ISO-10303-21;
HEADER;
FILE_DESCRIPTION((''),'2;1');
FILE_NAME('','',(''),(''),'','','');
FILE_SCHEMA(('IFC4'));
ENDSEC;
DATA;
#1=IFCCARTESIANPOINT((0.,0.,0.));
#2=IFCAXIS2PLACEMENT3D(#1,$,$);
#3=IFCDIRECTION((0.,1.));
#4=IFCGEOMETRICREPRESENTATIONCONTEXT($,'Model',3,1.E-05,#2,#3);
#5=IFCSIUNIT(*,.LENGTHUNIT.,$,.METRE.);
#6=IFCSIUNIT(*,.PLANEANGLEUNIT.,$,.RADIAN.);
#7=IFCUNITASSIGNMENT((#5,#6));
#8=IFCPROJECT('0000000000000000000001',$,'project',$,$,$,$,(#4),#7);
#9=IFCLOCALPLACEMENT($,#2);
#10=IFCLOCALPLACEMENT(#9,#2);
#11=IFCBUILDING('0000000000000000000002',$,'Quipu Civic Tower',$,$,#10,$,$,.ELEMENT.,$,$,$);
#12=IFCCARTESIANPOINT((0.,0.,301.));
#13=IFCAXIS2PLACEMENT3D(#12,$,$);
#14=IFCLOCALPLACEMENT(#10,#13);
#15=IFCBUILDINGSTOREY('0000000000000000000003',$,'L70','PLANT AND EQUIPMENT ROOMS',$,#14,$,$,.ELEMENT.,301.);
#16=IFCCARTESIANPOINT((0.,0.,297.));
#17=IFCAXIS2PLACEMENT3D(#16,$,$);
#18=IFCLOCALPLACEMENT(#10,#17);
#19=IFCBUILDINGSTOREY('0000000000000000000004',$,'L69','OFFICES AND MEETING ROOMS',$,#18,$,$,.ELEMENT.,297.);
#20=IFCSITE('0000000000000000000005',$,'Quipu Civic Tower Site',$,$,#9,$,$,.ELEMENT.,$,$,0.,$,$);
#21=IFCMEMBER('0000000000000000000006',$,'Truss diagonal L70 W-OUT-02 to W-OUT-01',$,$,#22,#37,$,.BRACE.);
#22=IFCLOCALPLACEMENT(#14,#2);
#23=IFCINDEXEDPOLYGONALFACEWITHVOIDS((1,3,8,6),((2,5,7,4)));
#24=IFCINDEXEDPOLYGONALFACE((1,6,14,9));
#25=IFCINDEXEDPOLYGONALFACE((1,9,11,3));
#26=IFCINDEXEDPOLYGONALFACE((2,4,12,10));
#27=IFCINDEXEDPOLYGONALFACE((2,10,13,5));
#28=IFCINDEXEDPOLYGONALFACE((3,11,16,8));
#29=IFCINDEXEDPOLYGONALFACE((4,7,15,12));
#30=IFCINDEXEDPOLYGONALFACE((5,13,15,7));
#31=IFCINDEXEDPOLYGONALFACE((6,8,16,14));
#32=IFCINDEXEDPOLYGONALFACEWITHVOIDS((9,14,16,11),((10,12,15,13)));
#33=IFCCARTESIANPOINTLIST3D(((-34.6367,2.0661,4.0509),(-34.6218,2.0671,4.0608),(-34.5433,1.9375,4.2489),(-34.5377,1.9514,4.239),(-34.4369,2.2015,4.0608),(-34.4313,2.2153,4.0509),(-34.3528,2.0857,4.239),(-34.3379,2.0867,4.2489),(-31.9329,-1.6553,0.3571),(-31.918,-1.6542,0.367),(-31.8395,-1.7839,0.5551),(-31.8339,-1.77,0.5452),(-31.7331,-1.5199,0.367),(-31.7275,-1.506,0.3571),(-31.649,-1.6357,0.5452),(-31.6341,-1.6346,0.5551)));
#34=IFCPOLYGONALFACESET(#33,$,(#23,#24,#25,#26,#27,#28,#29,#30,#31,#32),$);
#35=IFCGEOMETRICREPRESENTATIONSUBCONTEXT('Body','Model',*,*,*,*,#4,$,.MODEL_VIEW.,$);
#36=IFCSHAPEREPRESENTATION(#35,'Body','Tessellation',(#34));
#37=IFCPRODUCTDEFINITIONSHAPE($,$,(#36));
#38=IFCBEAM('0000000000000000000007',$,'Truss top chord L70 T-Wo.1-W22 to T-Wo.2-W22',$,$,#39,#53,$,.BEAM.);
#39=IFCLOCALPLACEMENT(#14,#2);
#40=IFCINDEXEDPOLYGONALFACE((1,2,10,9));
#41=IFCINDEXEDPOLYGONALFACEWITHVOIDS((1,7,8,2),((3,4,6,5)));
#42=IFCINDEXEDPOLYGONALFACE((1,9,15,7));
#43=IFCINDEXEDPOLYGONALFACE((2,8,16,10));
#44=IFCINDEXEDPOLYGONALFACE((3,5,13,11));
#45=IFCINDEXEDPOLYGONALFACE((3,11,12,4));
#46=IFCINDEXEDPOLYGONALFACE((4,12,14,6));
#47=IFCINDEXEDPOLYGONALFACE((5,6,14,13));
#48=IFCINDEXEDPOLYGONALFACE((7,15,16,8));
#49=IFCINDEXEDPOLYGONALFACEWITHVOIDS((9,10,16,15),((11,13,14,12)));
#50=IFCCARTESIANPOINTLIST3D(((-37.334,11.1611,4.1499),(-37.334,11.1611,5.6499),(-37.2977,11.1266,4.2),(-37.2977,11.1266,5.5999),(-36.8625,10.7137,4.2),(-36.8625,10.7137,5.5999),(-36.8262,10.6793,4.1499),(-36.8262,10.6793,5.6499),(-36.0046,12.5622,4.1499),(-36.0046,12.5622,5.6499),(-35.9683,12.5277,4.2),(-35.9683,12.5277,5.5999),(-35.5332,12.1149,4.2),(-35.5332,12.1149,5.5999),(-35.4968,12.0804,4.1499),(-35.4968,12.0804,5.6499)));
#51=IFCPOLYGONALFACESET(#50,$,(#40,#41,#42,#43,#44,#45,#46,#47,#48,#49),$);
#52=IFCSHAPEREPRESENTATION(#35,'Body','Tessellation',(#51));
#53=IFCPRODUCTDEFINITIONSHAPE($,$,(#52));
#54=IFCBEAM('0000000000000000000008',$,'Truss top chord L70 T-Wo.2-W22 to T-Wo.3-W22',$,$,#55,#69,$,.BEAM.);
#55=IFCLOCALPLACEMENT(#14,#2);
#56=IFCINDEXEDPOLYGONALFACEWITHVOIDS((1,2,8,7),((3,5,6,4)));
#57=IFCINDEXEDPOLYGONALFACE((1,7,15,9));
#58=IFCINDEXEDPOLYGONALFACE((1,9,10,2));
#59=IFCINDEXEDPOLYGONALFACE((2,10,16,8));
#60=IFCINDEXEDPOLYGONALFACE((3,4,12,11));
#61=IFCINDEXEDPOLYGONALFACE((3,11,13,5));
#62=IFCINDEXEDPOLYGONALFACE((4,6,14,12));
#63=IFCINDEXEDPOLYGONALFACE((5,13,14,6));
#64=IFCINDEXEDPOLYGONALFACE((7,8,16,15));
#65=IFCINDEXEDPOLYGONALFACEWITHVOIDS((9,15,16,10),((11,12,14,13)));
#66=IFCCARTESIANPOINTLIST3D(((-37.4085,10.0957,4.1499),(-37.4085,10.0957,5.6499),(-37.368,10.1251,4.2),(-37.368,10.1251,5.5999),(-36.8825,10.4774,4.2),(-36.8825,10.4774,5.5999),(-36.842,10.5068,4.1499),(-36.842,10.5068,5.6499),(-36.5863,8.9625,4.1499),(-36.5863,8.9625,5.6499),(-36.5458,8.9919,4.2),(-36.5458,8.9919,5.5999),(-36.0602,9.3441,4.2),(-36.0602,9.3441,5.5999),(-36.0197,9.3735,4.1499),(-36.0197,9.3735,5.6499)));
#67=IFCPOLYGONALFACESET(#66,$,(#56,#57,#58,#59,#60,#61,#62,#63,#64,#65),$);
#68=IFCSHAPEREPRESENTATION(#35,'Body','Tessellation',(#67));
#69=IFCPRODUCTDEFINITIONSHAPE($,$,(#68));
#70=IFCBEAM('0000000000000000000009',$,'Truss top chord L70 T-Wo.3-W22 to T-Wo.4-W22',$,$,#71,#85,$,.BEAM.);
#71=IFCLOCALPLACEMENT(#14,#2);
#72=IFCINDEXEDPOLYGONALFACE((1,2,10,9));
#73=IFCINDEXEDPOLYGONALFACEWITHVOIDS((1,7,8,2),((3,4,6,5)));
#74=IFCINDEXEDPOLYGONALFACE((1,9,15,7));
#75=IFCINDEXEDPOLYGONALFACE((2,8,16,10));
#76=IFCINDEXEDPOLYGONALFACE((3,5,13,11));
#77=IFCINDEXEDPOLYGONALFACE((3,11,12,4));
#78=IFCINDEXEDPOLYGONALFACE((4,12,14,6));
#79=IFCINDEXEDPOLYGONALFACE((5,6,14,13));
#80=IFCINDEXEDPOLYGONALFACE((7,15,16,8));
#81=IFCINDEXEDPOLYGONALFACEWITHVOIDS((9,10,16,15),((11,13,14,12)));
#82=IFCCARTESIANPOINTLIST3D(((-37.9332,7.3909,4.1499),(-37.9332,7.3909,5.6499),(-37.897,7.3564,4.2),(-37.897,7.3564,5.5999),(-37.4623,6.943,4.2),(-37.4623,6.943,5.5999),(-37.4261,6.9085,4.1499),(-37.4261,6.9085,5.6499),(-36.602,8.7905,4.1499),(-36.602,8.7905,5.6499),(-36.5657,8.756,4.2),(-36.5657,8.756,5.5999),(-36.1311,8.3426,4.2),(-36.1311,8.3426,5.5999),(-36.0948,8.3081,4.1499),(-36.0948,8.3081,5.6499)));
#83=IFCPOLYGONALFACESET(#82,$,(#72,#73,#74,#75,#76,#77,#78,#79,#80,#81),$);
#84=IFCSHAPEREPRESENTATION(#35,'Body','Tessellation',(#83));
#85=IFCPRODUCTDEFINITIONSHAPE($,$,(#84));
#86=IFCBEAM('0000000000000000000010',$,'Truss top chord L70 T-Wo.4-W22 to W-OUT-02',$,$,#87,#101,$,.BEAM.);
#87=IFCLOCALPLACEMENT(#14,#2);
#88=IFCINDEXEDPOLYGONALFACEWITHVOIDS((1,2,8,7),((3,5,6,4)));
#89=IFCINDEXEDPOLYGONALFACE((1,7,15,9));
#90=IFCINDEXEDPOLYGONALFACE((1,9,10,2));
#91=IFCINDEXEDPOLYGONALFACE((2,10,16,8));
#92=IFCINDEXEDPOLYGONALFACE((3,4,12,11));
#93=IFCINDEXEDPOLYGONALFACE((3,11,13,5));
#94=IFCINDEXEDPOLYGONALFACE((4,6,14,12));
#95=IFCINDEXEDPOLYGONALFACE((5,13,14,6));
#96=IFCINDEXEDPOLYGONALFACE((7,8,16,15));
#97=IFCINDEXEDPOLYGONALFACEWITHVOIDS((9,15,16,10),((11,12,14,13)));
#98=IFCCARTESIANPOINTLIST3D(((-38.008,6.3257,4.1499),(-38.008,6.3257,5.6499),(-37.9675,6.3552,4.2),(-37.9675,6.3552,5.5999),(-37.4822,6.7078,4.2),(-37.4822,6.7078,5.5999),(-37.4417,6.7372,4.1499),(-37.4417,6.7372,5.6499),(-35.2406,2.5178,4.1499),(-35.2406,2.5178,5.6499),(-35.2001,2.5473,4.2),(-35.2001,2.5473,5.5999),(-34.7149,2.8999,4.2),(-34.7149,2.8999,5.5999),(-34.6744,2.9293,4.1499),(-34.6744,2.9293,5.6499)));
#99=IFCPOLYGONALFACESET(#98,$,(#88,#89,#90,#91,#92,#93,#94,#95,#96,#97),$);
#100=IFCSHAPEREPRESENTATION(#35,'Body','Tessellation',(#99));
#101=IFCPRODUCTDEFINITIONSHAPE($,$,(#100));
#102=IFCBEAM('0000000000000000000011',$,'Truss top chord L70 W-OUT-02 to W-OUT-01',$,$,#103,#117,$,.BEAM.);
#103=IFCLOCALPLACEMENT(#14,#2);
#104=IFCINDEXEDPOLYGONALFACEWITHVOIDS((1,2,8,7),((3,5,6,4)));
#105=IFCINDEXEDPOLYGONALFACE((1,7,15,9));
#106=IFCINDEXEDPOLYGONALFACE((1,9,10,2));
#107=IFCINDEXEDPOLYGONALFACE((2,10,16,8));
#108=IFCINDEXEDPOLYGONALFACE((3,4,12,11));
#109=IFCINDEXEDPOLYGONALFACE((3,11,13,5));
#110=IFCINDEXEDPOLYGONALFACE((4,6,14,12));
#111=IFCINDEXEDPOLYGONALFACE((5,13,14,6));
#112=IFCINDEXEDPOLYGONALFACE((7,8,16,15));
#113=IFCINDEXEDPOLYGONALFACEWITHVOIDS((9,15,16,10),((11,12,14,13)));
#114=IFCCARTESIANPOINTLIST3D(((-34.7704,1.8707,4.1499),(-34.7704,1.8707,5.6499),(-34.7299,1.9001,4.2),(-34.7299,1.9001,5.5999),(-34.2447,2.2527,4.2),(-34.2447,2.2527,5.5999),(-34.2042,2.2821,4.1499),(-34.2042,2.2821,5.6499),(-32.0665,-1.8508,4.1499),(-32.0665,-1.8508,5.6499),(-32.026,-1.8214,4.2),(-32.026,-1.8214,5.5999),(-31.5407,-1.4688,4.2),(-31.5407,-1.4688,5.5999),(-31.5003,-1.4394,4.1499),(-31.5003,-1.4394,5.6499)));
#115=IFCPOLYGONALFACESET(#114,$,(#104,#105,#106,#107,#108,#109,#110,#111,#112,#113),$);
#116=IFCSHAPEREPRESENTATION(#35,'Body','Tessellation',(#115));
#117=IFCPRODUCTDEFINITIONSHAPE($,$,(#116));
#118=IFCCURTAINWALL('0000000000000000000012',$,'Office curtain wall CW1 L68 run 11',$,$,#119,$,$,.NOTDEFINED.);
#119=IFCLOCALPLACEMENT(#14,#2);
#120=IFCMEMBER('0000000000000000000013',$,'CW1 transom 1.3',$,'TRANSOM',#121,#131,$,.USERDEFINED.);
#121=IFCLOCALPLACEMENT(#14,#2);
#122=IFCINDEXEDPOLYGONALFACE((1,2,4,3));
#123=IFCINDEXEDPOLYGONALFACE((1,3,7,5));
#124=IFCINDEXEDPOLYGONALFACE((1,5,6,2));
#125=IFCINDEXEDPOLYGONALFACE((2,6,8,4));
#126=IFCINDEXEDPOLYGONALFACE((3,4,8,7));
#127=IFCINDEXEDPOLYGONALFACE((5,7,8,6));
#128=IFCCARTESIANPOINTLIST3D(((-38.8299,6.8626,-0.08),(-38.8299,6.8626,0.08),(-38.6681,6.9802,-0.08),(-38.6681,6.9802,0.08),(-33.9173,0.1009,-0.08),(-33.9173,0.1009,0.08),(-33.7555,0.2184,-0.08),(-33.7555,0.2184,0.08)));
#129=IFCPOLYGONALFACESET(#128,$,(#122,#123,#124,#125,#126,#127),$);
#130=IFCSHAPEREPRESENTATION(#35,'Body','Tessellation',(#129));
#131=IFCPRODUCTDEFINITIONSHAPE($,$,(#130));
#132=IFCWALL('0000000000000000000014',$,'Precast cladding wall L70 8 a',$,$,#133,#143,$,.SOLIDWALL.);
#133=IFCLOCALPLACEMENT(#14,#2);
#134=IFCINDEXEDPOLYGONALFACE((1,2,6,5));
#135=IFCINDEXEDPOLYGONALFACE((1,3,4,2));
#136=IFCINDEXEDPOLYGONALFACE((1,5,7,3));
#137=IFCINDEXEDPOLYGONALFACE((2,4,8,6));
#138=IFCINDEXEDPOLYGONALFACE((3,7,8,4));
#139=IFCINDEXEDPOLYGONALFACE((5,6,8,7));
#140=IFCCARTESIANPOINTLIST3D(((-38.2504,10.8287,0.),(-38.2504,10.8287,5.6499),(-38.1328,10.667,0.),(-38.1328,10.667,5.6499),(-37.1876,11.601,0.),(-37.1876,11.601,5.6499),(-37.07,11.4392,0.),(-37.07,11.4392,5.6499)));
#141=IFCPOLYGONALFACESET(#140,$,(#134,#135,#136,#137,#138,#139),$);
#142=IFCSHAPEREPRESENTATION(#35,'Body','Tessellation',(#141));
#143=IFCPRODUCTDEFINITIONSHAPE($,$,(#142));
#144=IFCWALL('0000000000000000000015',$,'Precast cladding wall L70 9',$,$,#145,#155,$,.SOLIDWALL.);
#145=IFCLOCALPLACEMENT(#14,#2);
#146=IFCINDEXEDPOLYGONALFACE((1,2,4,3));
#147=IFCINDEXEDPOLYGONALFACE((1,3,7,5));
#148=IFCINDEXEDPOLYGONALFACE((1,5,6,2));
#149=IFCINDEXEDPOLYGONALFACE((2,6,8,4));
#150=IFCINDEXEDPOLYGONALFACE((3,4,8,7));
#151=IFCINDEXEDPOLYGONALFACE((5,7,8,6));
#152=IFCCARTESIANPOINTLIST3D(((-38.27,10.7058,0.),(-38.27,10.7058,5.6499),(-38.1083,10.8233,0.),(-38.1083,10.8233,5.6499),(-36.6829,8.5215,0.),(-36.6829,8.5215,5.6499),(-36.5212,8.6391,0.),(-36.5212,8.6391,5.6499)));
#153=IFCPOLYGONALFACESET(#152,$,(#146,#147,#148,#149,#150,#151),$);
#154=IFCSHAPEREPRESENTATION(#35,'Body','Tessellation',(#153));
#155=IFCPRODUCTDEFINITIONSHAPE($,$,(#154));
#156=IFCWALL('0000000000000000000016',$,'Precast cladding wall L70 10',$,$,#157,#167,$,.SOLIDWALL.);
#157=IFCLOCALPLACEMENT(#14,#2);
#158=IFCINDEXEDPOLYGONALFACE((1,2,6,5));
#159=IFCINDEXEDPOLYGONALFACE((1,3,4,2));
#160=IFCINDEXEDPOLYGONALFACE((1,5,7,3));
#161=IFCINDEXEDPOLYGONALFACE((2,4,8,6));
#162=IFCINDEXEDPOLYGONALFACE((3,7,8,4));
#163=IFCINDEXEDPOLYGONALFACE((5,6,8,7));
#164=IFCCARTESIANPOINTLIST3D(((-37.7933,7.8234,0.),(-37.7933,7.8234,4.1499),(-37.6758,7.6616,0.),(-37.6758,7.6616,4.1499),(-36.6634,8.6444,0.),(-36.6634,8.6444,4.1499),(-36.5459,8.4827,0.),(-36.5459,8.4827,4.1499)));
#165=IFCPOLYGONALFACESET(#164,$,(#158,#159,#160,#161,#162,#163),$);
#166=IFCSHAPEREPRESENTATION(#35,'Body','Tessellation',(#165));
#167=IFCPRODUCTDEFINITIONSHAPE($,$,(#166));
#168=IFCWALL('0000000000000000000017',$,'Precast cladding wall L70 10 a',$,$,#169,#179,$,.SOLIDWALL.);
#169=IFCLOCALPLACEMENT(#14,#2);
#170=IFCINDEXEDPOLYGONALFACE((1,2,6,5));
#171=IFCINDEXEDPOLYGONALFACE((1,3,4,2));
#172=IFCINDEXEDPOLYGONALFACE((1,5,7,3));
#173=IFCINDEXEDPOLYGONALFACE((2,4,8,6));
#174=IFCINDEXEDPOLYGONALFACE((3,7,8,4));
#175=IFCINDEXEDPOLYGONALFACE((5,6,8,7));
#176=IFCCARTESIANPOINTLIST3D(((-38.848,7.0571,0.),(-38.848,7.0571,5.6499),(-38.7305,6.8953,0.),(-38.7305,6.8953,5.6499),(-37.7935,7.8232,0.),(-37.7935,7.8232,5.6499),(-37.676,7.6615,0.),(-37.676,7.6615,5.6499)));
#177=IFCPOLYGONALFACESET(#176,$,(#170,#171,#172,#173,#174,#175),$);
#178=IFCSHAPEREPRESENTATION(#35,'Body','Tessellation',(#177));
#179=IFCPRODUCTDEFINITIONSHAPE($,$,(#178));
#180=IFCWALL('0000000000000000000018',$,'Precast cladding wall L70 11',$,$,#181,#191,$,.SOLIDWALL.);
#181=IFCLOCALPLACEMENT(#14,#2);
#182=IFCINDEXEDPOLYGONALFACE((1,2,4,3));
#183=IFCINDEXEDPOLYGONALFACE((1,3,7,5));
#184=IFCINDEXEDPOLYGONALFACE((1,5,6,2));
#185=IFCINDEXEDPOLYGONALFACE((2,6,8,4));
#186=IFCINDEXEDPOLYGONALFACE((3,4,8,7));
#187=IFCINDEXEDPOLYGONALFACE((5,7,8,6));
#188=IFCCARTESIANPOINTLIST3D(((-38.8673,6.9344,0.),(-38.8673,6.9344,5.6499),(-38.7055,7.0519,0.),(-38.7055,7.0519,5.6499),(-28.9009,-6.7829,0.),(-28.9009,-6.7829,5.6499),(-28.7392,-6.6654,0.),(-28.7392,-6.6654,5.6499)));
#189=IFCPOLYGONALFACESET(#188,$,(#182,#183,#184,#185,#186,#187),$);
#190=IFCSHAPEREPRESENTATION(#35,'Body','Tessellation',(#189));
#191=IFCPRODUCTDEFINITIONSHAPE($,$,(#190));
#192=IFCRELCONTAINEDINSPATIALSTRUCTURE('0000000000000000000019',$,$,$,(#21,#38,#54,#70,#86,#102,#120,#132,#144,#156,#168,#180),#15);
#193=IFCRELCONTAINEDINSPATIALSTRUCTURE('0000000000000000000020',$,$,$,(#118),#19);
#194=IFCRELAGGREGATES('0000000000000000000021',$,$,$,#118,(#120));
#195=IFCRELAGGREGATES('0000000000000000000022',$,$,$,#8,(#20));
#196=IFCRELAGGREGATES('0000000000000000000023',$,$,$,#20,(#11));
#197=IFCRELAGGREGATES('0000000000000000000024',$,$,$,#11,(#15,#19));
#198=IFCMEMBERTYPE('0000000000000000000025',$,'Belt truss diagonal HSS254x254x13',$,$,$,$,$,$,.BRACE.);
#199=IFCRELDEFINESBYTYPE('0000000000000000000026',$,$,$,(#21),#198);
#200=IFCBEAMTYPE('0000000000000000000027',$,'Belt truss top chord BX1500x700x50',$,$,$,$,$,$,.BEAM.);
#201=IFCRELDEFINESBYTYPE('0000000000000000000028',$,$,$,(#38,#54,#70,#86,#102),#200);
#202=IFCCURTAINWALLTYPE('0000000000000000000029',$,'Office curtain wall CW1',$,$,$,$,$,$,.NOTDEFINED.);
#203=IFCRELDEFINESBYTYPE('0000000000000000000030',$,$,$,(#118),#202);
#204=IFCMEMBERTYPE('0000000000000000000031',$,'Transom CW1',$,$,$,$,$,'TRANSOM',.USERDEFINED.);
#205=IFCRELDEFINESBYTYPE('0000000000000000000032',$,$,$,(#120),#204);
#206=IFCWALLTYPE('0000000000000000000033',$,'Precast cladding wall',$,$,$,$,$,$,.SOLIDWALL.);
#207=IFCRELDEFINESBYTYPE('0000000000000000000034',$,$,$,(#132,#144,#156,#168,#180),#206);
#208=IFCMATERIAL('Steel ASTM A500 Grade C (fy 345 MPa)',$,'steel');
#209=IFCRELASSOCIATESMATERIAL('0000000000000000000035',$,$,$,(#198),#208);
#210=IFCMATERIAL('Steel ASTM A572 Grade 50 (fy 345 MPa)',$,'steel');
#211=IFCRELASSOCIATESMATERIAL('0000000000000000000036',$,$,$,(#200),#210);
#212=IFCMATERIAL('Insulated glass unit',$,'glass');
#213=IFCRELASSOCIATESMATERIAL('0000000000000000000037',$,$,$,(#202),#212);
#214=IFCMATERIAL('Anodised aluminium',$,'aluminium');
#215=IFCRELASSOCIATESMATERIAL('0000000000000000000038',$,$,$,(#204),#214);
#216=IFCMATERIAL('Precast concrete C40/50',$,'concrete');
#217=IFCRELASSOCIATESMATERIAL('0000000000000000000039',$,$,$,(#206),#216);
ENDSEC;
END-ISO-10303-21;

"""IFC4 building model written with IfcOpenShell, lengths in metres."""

from ifc_helpers import new_model, si_unit, direction, frame, frame_2d, origin, origin_2d, place, context, subcontext, project, spatial, rectangle, hollow_rectangle, extrude, material, material_profile, profile_set, type_object, element, aggregate, save


model = new_model("IFC4")

# Units and contexts
model_context = context("Model", 3, precision=1e-05, world=origin(), true_north=direction((0.0, 1.0)))
body_context = subcontext(model_context, "Body", "Model", "MODEL_VIEW")
ifc_project = project(units=[si_unit("LENGTHUNIT", "METRE"), si_unit("PLANEANGLEUNIT", "RADIAN")], contexts=[model_context])

# Site, building, storey
site_placement = place(None, origin())
site = spatial("IfcSite", under=ifc_project, at=site_placement, Name="Quipu Civic Tower Site", CompositionType="ELEMENT", RefElevation=0.0)
building_placement = place(site_placement, origin())
building = spatial("IfcBuilding", under=site, at=building_placement, Name="Quipu Civic Tower", CompositionType="ELEMENT")
storey_1_placement = place(building_placement, frame((0.0, 0.0, 301.0)))
storey_1 = spatial("IfcBuildingStorey", under=building, at=storey_1_placement, Name="L70", Description="PLANT AND EQUIPMENT ROOMS", CompositionType="ELEMENT", Elevation=301.0)

# Member
ifc_material_1 = material(Name="Steel ASTM A500 Grade C (fy 345 MPa)", Category="steel")
ifc_material_profile_1 = material_profile(ifc_material_1, hollow_rectangle(XDim=0.2539, YDim=0.2539, WallThickness=0.0127, at=origin_2d()), Name="HSS254x254x13")
ifc_profile_set_1 = profile_set([ifc_material_profile_1], Name="Steel ASTM A500 Grade C (fy 345 MPa)")
member_type_1 = type_object("IfcMemberType", Name="Belt truss diagonal HSS254x254x13", PredefinedType="BRACE", material=ifc_profile_set_1)
member_1_placement = place(storey_1_placement, frame((-34.4873, 2.0764, 4.1499), z_axis=(0.458318, -0.630802, -0.626126), x_axis=(0.809009, 0.587796, 0.0)))
element("IfcMember", 1, at=member_1_placement, inside=storey_1, type_object=member_type_1, Name="Truss diagonal L70 W-OUT-02 to W-OUT-01", PredefinedType="BRACE", context=body_context, shape_type="SweptSolid", body=[
    extrude(hollow_rectangle(XDim=0.2539, YDim=0.2539, WallThickness=0.0127, at=origin_2d()), origin(), (0.0, 0.0, 1.0), 5.8994),
])

# Beams
ifc_material_2 = material(Name="Steel ASTM A572 Grade 50 (fy 345 MPa)", Category="steel")
ifc_material_profile_2 = material_profile(ifc_material_2, hollow_rectangle(XDim=0.7, YDim=1.5, WallThickness=0.05, at=origin_2d()), Name="BX1500x700x50")
ifc_profile_set_2 = profile_set([ifc_material_profile_2], Name="Steel ASTM A572 Grade 50 (fy 345 MPa)")
beam_type_1 = type_object("IfcBeamType", Name="Belt truss top chord BX1500x700x50", PredefinedType="BEAM", material=ifc_profile_set_2)
beam_1_placement = place(storey_1_placement, frame((-35.7507, 12.3213, 4.8999), z_axis=(-0.688281, -0.725444, 0.0), x_axis=(0.725444, -0.688281, 0.0)))
element("IfcBeam", 2, at=beam_1_placement, inside=storey_1, type_object=beam_type_1, Name="Truss top chord L70 T-Wo.1-W22 to T-Wo.2-W22", PredefinedType="BEAM", context=body_context, shape_type="SweptSolid", body=[
    extrude(hollow_rectangle(XDim=0.7, YDim=1.5, WallThickness=0.05, at=origin_2d()), origin(), (0.0, 0.0, 1.0), 1.9314),
])
beam_2_placement = place(storey_1_placement, frame((-37.1252, 10.3013, 4.8999), z_axis=(0.587259, -0.809399, 0.0), x_axis=(0.809399, 0.587259, 0.0)))
element("IfcBeam", 3, at=beam_2_placement, inside=storey_1, type_object=beam_type_1, Name="Truss top chord L70 T-Wo.2-W22 to T-Wo.3-W22", PredefinedType="BEAM", context=body_context, shape_type="SweptSolid", body=[
    extrude(hollow_rectangle(XDim=0.7, YDim=1.5, WallThickness=0.05, at=origin_2d()), origin(), (0.0, 0.0, 1.0), 1.4001),
])
beam_3_placement = place(storey_1_placement, frame((-36.3484, 8.5493, 4.8999), z_axis=(-0.689191, -0.72458, 0.0), x_axis=(0.72458, -0.689191, 0.0)))
element("IfcBeam", 4, at=beam_3_placement, inside=storey_1, type_object=beam_type_1, Name="Truss top chord L70 T-Wo.3-W22 to T-Wo.4-W22", PredefinedType="BEAM", context=body_context, shape_type="SweptSolid", body=[
    extrude(hollow_rectangle(XDim=0.7, YDim=1.5, WallThickness=0.05, at=origin_2d()), origin(), (0.0, 0.0, 1.0), 1.9316),
])
beam_4_placement = place(storey_1_placement, frame((-37.7249, 6.5315, 4.8999), z_axis=(0.587891, -0.80894, 0.0), x_axis=(0.80894, 0.587891, 0.0)))
element("IfcBeam", 5, at=beam_4_placement, inside=storey_1, type_object=beam_type_1, Name="Truss top chord L70 T-Wo.4-W22 to W-OUT-02", PredefinedType="BEAM", context=body_context, shape_type="SweptSolid", body=[
    extrude(hollow_rectangle(XDim=0.7, YDim=1.5, WallThickness=0.05, at=origin_2d()), origin(), (0.0, 0.0, 1.0), 4.7073),
])
beam_5_placement = place(storey_1_placement, frame((-34.4873, 2.0764, 4.8999), z_axis=(0.587796, -0.809009, 0.0), x_axis=(0.809009, 0.587796, 0.0)))
element("IfcBeam", 6, at=beam_5_placement, inside=storey_1, type_object=beam_type_1, Name="Truss top chord L70 W-OUT-02 to W-OUT-01", PredefinedType="BEAM", context=body_context, shape_type="SweptSolid", body=[
    extrude(hollow_rectangle(XDim=0.7, YDim=1.5, WallThickness=0.05, at=origin_2d()), origin(), (0.0, 0.0, 1.0), 4.6001),
])

# Shared definitions
storey_2_placement = place(building_placement, frame((0.0, 0.0, 297.0)))
storey_2 = spatial("IfcBuildingStorey", under=building, at=storey_2_placement, Name="L69", Description="OFFICES AND MEETING ROOMS", CompositionType="ELEMENT", Elevation=297.0)

# Curtain wall, member
ifc_material_3 = material(Name="Insulated glass unit", Category="glass")
curtain_wall_type = type_object("IfcCurtainWallType", Name="Office curtain wall CW1", PredefinedType="NOTDEFINED", material=ifc_material_3)
curtain_wall_placement = place(storey_2_placement, origin())
curtain_wall = element("IfcCurtainWall", 7, at=curtain_wall_placement, inside=storey_2, type_object=curtain_wall_type, Name="Office curtain wall CW1 L68 run 11", PredefinedType="NOTDEFINED")
ifc_material_4 = material(Name="Anodised aluminium", Category="aluminium")
ifc_material_profile_3 = material_profile(ifc_material_4, rectangle(XDim=0.2, YDim=0.1599, at=origin_2d()), Name="RECT 200x160")
ifc_profile_set_3 = profile_set([ifc_material_profile_3], Name="Anodised aluminium")
member_type_2 = type_object("IfcMemberType", Name="Transom CW1", ElementType="TRANSOM", PredefinedType="USERDEFINED", material=ifc_profile_set_3)
member_2_placement = place(storey_1_placement, frame((-38.749, 6.9214, 0.0), z_axis=(0.587779, -0.809021, 0.0), x_axis=(0.809021, 0.587779, 0.0)))
member_2 = element("IfcMember", 8, at=member_2_placement, inside=storey_1, type_object=member_type_2, Name="CW1 transom 1.3", ObjectType="TRANSOM", PredefinedType="USERDEFINED", context=body_context, shape_type="SweptSolid", body=[
    extrude(rectangle(XDim=0.2, YDim=0.1599, at=origin_2d()), origin(), (0.0, 0.0, 1.0), 8.3579),
])
aggregate(curtain_wall, [member_2])

# Walls
ifc_material_5 = material(Name="Precast concrete C40/50", Category="concrete")
wall_type = type_object("IfcWallType", Name="Precast cladding wall", PredefinedType="SOLIDWALL", material=ifc_material_5)
wall_1_placement = place(storey_1_placement, frame((-37.1289, 11.52, 0.0), z_axis=(0.0, 0.0, 1.0), x_axis=(-0.808985, -0.587829, 0.0)))
element("IfcWall", 9, at=wall_1_placement, inside=storey_1, type_object=wall_type, Name="Precast cladding wall L70 8 a", PredefinedType="SOLIDWALL", context=body_context, shape_type="SweptSolid", body=[
    extrude(rectangle(XDim=1.3137, YDim=0.2, at=frame_2d((0.6567, 0.0))), origin(), (0.0, 0.0, 1.0), 5.6499),
])
wall_2_placement = place(storey_1_placement, frame((-38.1892, 10.7646, 0.0), z_axis=(0.0, 0.0, 1.0), x_axis=(0.587822, -0.80899, 0.0)))
element("IfcWall", 10, at=wall_2_placement, inside=storey_1, type_object=wall_type, Name="Precast cladding wall L70 9", PredefinedType="SOLIDWALL", context=body_context, shape_type="SweptSolid", body=[
    extrude(rectangle(XDim=2.7, YDim=0.2, at=frame_2d((1.3501, 0.0))), origin(), (0.0, 0.0, 1.0), 5.6499),
])
wall_3_placement = place(storey_1_placement, frame((-36.6047, 8.5635, 0.0), z_axis=(0.0, 0.0, 1.0), x_axis=(-0.80897, -0.587849, 0.0)))
element("IfcWall", 11, at=wall_3_placement, inside=storey_1, type_object=wall_type, Name="Precast cladding wall L70 10", PredefinedType="SOLIDWALL", context=body_context, shape_type="SweptSolid", body=[
    extrude(rectangle(XDim=1.3967, YDim=0.2, at=frame_2d((0.6982, 0.0))), origin(), (0.0, 0.0, 1.0), 4.1499),
])
wall_4_placement = place(storey_1_placement, frame((-37.7346, 7.7424, 0.0), z_axis=(0.0, 0.0, 1.0), x_axis=(-0.809011, -0.587793, 0.0)))
element("IfcWall", 12, at=wall_4_placement, inside=storey_1, type_object=wall_type, Name="Precast cladding wall L70 10 a", PredefinedType="SOLIDWALL", context=body_context, shape_type="SweptSolid", body=[
    extrude(rectangle(XDim=1.3035, YDim=0.2, at=frame_2d((0.6519, 0.0))), origin(), (0.0, 0.0, 1.0), 5.6499),
])
wall_5_placement = place(storey_1_placement, frame((-38.7864, 6.9932, 0.0), z_axis=(0.0, 0.0, 1.0), x_axis=(0.58779, -0.809014, 0.0)))
element("IfcWall", 13, at=wall_5_placement, inside=storey_1, type_object=wall_type, Name="Precast cladding wall L70 11", PredefinedType="SOLIDWALL", context=body_context, shape_type="SweptSolid", body=[
    extrude(rectangle(XDim=16.9556, YDim=0.2, at=frame_2d((8.4778, 0.0))), origin(), (0.0, 0.0, 1.0), 5.6499),
])

save(model, "model.ifc")
